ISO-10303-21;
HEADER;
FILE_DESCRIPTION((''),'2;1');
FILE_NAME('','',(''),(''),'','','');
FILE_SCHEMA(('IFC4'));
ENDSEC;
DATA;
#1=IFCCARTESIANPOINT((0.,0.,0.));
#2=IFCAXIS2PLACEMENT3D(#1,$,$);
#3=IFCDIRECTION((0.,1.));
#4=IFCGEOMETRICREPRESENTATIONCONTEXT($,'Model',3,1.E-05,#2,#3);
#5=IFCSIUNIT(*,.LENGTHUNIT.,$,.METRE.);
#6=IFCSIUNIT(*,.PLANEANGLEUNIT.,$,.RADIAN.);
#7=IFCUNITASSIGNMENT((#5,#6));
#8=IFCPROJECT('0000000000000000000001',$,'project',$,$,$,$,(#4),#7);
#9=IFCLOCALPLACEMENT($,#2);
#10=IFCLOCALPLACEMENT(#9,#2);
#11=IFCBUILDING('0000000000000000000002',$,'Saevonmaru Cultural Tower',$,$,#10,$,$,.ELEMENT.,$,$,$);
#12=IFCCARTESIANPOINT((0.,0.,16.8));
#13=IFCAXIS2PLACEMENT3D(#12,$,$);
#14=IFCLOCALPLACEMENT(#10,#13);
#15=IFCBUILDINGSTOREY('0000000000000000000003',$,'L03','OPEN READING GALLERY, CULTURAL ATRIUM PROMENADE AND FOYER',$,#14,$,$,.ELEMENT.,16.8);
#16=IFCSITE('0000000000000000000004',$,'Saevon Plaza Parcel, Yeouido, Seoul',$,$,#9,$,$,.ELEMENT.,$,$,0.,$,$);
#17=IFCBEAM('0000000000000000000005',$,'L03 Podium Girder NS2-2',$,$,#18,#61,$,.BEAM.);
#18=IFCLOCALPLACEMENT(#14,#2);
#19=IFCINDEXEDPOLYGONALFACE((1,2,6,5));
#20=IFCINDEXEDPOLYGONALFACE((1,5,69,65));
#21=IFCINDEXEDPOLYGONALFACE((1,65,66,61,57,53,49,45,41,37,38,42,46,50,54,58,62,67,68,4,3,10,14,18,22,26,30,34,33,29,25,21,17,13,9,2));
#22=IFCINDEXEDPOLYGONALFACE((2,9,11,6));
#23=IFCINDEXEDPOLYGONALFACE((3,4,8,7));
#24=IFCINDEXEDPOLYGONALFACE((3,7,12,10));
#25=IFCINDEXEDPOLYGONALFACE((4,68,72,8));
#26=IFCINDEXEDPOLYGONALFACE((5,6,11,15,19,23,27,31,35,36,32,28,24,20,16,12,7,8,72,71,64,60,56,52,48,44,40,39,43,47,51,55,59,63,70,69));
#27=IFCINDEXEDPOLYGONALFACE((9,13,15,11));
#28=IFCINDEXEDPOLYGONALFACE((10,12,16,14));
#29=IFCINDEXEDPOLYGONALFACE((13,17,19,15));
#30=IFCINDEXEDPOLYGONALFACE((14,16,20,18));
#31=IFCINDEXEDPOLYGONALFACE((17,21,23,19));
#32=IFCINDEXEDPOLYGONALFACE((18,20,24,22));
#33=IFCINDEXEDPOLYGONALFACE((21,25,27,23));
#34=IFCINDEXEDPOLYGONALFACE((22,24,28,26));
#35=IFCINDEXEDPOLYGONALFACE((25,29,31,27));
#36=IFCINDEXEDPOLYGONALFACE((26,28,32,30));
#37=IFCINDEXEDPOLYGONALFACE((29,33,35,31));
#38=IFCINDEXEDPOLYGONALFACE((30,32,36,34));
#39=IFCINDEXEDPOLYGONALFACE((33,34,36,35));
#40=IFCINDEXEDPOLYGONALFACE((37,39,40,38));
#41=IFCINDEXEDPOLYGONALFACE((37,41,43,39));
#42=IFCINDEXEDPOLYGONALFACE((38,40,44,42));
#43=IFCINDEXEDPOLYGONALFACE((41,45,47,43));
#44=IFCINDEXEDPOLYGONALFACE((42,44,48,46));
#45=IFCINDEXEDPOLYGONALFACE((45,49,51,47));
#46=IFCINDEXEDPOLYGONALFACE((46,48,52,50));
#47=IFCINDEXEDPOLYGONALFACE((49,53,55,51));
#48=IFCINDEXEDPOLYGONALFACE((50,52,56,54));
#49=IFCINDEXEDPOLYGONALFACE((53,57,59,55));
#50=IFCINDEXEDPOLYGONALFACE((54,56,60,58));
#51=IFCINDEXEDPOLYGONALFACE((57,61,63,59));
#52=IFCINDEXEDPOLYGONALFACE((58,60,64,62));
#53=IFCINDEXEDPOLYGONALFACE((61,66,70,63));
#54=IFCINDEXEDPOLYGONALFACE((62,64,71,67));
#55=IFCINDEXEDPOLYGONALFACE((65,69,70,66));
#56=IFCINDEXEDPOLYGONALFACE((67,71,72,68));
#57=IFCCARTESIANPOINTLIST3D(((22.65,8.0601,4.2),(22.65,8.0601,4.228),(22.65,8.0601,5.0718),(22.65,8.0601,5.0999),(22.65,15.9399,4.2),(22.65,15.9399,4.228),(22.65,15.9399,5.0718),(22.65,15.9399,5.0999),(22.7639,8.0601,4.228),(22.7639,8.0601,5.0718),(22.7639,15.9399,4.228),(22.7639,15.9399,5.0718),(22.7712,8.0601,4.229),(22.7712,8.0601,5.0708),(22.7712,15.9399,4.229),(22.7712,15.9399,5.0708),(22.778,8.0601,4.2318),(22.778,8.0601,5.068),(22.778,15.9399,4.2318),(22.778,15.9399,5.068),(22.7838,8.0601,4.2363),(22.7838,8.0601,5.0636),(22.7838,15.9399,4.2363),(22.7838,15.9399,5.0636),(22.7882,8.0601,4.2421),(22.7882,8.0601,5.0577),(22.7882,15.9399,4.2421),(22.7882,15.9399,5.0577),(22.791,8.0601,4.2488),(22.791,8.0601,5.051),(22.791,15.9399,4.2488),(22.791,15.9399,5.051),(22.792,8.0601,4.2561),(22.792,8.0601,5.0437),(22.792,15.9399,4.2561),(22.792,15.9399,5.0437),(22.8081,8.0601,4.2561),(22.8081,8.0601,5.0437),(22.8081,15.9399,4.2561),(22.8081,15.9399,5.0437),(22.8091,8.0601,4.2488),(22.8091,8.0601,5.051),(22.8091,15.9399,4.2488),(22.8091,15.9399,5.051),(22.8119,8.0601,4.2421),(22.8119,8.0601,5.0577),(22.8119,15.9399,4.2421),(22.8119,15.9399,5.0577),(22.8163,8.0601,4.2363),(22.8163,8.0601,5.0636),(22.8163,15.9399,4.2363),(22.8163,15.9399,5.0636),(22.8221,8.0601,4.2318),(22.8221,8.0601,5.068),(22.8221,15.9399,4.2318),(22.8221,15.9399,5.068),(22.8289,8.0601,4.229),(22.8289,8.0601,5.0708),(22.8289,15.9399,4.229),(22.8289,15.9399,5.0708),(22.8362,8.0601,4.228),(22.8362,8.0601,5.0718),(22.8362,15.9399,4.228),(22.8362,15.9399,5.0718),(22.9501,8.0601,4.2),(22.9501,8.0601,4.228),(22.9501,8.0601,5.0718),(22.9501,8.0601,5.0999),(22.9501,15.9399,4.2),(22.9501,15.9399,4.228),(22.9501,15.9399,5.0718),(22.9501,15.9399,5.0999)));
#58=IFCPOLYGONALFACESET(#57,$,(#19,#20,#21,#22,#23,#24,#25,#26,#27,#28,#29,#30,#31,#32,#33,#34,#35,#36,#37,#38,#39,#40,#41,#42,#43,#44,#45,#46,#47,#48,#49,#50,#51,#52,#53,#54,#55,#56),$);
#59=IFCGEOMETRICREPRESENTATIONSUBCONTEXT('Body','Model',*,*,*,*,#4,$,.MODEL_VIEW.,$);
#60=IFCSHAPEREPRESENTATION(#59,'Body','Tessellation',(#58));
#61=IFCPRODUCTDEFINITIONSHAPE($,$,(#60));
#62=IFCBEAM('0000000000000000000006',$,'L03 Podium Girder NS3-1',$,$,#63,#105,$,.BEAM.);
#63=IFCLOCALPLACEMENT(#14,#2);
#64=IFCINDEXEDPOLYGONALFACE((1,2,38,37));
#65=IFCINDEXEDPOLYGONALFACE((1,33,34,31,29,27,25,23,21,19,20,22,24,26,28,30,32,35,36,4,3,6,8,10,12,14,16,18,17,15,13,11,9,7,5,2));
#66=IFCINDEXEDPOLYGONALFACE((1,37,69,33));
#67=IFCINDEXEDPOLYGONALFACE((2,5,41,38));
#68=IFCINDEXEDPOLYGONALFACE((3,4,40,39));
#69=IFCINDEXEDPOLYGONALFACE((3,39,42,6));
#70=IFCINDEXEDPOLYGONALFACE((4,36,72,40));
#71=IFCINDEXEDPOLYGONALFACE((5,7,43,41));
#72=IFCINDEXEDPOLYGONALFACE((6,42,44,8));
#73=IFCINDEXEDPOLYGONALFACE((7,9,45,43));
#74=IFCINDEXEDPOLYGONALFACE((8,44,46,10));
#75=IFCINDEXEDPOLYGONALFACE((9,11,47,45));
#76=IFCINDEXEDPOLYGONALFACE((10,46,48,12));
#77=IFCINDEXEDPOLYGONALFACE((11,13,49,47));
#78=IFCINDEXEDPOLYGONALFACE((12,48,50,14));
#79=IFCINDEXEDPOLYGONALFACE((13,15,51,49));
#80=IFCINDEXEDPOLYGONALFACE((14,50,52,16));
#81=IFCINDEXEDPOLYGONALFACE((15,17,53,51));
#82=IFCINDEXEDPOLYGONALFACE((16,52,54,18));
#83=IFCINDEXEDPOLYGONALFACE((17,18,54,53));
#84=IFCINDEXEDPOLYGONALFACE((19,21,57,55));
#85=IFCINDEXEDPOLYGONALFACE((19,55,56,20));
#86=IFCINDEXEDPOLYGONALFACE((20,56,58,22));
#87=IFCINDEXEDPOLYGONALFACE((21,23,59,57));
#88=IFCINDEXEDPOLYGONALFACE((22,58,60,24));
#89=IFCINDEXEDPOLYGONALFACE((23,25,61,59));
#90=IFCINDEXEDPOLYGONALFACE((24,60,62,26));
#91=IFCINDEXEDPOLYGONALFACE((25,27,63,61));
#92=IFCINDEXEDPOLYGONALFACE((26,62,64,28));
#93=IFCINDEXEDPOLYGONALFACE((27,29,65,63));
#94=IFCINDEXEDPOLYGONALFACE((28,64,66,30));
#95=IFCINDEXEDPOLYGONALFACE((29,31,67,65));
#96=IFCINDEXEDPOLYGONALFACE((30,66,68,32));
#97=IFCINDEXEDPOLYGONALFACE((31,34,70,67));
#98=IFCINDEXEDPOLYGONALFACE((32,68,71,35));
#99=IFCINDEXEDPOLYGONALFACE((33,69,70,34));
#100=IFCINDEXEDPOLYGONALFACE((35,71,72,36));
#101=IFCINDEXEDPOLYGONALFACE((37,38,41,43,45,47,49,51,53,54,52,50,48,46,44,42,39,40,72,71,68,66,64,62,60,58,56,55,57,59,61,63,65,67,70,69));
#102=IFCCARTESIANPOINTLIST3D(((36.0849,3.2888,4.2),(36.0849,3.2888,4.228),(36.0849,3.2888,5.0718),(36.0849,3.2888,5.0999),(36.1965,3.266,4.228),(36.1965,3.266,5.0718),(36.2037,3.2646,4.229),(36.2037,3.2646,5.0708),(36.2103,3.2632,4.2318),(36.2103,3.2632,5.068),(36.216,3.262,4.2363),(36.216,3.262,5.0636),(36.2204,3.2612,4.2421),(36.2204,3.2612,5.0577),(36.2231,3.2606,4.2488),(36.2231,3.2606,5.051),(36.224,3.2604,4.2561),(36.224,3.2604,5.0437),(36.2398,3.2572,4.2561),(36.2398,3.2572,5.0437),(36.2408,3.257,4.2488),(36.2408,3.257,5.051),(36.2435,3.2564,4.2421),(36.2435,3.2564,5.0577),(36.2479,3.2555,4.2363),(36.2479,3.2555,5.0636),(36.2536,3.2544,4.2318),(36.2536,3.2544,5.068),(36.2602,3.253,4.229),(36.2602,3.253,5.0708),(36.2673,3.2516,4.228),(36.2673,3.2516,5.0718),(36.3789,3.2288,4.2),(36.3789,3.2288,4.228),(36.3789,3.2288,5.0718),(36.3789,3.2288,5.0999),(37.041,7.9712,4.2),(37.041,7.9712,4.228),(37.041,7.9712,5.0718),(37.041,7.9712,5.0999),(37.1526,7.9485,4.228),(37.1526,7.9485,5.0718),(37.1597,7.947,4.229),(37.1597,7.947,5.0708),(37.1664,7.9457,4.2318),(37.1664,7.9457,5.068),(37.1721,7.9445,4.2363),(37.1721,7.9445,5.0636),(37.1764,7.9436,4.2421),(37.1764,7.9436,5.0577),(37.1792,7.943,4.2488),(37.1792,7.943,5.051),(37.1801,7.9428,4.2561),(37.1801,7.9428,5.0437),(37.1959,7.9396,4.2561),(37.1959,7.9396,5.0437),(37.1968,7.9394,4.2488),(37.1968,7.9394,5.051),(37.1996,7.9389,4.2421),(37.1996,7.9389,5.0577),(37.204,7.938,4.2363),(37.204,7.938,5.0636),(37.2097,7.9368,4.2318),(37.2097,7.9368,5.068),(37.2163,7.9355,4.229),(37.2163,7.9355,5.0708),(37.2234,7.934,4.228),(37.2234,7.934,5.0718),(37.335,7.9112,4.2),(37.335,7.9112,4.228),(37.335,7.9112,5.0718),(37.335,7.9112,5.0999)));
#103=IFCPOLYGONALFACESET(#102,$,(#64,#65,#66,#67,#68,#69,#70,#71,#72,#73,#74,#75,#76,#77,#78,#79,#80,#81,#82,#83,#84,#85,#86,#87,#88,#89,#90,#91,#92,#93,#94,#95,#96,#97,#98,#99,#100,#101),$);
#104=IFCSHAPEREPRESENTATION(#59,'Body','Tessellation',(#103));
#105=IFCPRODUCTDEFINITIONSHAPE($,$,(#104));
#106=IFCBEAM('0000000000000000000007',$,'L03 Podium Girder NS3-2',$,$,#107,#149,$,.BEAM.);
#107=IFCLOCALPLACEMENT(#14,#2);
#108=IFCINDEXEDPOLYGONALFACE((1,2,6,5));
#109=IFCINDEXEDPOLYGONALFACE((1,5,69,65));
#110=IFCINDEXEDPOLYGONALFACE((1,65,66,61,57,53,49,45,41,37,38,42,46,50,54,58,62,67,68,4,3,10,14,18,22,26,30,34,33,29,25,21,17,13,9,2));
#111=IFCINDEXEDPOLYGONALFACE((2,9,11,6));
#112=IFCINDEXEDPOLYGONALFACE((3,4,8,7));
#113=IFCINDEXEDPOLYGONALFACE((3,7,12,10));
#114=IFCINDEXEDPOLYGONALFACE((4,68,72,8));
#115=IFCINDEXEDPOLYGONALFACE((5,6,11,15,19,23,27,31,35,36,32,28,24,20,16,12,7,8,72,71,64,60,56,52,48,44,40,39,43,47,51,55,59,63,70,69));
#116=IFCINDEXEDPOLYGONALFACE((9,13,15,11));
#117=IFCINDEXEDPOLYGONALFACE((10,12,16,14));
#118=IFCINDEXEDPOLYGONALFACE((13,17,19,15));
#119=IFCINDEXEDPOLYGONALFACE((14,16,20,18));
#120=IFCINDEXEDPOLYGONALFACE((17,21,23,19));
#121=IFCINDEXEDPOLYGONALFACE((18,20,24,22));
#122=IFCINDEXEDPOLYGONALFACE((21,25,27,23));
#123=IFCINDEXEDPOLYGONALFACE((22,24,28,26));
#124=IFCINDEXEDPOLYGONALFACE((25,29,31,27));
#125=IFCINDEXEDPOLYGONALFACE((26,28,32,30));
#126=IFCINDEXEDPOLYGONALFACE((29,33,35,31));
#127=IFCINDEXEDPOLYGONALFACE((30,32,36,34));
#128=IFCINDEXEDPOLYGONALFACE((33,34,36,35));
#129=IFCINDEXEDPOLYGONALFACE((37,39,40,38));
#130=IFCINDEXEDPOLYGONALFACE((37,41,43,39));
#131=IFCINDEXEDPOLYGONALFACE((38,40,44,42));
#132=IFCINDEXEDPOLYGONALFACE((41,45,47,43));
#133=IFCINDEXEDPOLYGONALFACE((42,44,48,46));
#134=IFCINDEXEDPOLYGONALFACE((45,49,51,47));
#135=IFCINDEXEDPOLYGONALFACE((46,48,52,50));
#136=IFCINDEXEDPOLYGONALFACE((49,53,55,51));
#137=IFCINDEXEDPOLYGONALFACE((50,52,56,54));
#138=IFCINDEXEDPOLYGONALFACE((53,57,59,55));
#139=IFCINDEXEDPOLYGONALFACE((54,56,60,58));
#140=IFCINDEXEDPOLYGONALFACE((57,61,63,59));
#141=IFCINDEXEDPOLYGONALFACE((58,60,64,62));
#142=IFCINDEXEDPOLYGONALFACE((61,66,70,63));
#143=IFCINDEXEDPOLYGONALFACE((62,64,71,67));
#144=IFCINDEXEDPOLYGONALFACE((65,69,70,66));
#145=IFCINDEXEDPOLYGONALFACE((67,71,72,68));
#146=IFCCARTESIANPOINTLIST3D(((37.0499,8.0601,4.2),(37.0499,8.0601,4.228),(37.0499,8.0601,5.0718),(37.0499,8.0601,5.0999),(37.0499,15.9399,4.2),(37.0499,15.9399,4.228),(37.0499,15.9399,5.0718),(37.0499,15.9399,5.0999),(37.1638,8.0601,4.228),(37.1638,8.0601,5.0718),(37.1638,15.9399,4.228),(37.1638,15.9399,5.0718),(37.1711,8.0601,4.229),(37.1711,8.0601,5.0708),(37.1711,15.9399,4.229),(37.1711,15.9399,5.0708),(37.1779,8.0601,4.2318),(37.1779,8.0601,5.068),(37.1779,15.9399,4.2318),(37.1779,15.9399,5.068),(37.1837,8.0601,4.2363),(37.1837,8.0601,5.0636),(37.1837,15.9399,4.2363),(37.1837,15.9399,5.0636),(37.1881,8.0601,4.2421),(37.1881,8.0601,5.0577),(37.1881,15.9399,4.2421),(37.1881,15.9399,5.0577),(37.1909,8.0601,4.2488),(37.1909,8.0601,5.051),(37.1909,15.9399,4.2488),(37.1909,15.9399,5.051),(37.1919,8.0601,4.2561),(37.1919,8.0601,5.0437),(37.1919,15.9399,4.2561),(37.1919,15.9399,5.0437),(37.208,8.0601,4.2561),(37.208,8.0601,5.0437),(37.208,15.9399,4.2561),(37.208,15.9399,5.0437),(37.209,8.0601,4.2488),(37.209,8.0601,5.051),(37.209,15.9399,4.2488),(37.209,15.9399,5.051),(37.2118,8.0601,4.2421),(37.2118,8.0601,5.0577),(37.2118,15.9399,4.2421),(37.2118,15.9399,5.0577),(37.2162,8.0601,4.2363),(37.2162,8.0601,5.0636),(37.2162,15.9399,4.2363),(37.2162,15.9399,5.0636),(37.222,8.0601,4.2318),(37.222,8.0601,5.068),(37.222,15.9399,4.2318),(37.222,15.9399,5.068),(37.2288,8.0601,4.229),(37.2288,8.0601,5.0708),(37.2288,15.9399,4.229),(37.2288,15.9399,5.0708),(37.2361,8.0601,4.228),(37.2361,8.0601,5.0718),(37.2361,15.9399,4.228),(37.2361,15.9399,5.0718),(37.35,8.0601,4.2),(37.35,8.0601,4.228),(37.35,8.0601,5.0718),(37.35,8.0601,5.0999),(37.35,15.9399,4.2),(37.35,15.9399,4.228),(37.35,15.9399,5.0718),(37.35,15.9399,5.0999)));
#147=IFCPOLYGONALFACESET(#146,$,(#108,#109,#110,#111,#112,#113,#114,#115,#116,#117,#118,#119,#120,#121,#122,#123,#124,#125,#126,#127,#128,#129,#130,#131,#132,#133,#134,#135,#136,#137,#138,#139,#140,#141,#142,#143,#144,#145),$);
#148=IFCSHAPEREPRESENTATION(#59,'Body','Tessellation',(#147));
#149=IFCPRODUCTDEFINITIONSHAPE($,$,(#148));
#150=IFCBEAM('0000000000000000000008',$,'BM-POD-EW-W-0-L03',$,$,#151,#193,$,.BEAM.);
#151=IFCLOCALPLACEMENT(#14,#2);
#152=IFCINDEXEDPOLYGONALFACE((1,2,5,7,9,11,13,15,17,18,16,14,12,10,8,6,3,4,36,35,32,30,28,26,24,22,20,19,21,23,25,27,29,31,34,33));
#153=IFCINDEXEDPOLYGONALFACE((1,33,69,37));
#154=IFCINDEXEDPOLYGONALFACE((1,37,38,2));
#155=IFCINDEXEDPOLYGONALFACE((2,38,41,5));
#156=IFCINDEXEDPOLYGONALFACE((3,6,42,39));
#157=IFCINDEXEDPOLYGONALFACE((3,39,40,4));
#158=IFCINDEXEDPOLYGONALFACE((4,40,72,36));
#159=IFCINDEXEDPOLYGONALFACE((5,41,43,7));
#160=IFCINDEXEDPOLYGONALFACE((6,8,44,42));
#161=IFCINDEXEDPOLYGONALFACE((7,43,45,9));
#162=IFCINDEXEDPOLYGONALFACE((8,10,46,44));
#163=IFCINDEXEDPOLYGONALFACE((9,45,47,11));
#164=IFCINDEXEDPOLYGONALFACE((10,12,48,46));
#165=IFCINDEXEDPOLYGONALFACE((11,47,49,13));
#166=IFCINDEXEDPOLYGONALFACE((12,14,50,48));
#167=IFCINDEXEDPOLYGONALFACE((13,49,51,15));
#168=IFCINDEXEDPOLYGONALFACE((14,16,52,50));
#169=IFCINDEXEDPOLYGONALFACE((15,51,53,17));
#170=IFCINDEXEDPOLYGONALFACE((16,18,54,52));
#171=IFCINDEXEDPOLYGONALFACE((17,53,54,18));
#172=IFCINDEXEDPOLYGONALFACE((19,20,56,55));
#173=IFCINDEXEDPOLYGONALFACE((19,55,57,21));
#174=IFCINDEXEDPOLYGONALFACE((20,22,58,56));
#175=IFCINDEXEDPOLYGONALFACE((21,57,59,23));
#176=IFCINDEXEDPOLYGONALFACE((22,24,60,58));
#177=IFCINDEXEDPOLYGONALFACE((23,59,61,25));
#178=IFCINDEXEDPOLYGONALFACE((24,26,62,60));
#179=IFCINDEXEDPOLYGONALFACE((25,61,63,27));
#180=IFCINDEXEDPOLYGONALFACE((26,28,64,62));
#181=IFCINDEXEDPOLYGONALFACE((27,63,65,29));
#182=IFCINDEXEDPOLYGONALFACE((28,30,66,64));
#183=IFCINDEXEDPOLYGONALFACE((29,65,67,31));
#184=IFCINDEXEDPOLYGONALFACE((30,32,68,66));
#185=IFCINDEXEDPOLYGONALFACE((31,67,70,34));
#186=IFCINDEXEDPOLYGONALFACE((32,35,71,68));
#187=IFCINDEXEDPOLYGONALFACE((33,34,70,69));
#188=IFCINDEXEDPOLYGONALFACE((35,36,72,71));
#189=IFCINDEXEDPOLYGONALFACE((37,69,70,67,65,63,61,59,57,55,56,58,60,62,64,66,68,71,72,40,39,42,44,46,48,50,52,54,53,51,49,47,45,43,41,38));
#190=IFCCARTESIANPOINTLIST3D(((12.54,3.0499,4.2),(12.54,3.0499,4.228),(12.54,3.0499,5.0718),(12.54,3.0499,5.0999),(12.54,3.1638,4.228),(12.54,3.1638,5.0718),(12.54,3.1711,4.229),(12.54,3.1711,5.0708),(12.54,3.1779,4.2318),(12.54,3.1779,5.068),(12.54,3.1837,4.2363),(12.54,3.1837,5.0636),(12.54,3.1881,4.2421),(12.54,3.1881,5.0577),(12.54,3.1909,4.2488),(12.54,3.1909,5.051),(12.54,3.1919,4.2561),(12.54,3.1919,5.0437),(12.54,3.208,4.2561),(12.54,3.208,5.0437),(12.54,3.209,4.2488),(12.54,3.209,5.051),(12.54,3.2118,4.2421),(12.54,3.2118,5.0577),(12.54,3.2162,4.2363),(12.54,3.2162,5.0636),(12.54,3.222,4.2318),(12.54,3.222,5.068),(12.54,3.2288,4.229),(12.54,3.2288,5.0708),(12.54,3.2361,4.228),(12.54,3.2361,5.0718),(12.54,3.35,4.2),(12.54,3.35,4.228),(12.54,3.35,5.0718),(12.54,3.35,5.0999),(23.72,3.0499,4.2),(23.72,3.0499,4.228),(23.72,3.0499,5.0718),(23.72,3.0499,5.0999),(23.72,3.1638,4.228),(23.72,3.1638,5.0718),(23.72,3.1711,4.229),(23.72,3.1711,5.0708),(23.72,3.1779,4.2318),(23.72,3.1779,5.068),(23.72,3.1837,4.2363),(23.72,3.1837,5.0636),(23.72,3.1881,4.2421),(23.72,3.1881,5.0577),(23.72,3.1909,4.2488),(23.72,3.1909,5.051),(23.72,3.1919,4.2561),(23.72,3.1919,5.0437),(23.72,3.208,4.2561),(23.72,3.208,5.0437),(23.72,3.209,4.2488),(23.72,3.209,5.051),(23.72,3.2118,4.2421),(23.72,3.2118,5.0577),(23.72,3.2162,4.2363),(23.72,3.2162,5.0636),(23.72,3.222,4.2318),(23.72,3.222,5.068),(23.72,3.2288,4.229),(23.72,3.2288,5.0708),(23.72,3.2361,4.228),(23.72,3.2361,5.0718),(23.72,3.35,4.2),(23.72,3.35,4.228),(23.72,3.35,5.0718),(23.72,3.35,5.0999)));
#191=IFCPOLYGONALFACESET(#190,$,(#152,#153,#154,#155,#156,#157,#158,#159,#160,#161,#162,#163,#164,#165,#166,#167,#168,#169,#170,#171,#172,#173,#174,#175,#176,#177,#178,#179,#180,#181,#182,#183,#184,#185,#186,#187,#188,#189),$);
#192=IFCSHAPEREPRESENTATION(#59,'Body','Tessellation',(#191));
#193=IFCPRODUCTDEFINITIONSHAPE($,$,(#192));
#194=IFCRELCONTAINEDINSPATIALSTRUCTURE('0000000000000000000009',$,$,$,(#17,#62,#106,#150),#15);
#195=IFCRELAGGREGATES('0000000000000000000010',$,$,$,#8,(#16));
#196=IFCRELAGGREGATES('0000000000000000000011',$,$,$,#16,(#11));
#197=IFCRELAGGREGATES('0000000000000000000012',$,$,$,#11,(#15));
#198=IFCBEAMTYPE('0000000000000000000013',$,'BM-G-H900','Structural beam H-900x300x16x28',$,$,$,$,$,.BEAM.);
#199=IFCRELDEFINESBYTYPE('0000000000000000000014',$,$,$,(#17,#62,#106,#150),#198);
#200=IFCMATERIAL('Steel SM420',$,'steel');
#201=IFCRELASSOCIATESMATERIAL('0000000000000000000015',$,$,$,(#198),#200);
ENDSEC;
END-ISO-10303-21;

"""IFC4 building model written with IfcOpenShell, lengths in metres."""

from ifc_helpers import new_model, si_unit, direction, frame, origin, origin_2d, place, context, subcontext, project, spatial, i_section, extrude, material, material_profile, profile_set, type_object, element, save


model = new_model("IFC4")

# Units and contexts
model_context = context("Model", 3, precision=1e-05, world=origin(), true_north=direction((0.0, 1.0)))
body_context = subcontext(model_context, "Body", "Model", "MODEL_VIEW")
ifc_project = project(units=[si_unit("LENGTHUNIT", "METRE"), si_unit("PLANEANGLEUNIT", "RADIAN")], contexts=[model_context])

# Site, building, storey
site_placement = place(None, origin())
site = spatial("IfcSite", under=ifc_project, at=site_placement, Name="Saevon Plaza Parcel, Yeouido, Seoul", CompositionType="ELEMENT", RefElevation=0.0)
building_placement = place(site_placement, origin())
building = spatial("IfcBuilding", under=site, at=building_placement, Name="Saevonmaru Cultural Tower", CompositionType="ELEMENT")
storey_placement = place(building_placement, frame((0.0, 0.0, 16.8)))
storey = spatial("IfcBuildingStorey", under=building, at=storey_placement, Name="L03", Description="OPEN READING GALLERY, CULTURAL ATRIUM PROMENADE AND FOYER", CompositionType="ELEMENT", Elevation=16.8)

# Shared definitions
ifc_material_1 = material(Name="Steel SM420", Category="steel")

# Beams
ifc_material_profile_1 = material_profile(ifc_material_1, i_section(OverallWidth=0.3, OverallDepth=0.8999, WebThickness=0.0161, FlangeThickness=0.0281, FilletRadius=0.0281, at=origin_2d()), Name="H-900x300x16x28")
ifc_profile_set_1 = profile_set([ifc_material_profile_1], Name="Steel SM420")
beam_type_1 = type_object("IfcBeamType", Name="BM-G-H900", Description="Structural beam H-900x300x16x28", PredefinedType="BEAM", material=ifc_profile_set_1)
beam_1_placement = place(storey_placement, frame((22.8, 8.0601, 4.6499), z_axis=(0.0, 1.0, 0.0), x_axis=(-1.0, 0.0, 0.0)))
element("IfcBeam", 1, at=beam_1_placement, inside=storey, type_object=beam_type_1, Name="L03 Podium Girder NS2-2", PredefinedType="BEAM", context=body_context, shape_type="SweptSolid", body=[
    extrude(i_section(OverallWidth=0.3, OverallDepth=0.8999, WebThickness=0.0161, FlangeThickness=0.0281, FilletRadius=0.0281, at=origin_2d()), origin(), (0.0, 0.0, 1.0), 7.8799),
])
beam_2_placement = place(storey_placement, frame((36.2319, 3.2588, 4.6499), z_axis=(0.200054, 0.979785, 0.0), x_axis=(-0.979785, 0.200054, 0.0)))
element("IfcBeam", 2, at=beam_2_placement, inside=storey, type_object=beam_type_1, Name="L03 Podium Girder NS3-1", PredefinedType="BEAM", context=body_context, shape_type="SweptSolid", body=[
    extrude(i_section(OverallWidth=0.3, OverallDepth=0.8999, WebThickness=0.0161, FlangeThickness=0.0281, FilletRadius=0.0281, at=origin_2d()), origin(), (0.0, 0.0, 1.0), 4.7791),
])
beam_3_placement = place(storey_placement, frame((37.2, 8.0601, 4.6499), z_axis=(0.0, 1.0, 0.0), x_axis=(-1.0, 0.0, 0.0)))
element("IfcBeam", 3, at=beam_3_placement, inside=storey, type_object=beam_type_1, Name="L03 Podium Girder NS3-2", PredefinedType="BEAM", context=body_context, shape_type="SweptSolid", body=[
    extrude(i_section(OverallWidth=0.3, OverallDepth=0.8999, WebThickness=0.0161, FlangeThickness=0.0281, FilletRadius=0.0281, at=origin_2d()), origin(), (0.0, 0.0, 1.0), 7.8799),
])
beam_4_placement = place(storey_placement, frame((12.54, 3.2, 4.6499), z_axis=(1.0, 0.0, 0.0), x_axis=(0.0, 1.0, 0.0)))
element("IfcBeam", 4, at=beam_4_placement, inside=storey, type_object=beam_type_1, Name="BM-POD-EW-W-0-L03", PredefinedType="BEAM", context=body_context, shape_type="SweptSolid", body=[
    extrude(i_section(OverallWidth=0.3, OverallDepth=0.8999, WebThickness=0.0161, FlangeThickness=0.0281, FilletRadius=0.0281, at=origin_2d()), origin(), (0.0, 0.0, 1.0), 11.1799),
])

save(model, "model.ifc")
